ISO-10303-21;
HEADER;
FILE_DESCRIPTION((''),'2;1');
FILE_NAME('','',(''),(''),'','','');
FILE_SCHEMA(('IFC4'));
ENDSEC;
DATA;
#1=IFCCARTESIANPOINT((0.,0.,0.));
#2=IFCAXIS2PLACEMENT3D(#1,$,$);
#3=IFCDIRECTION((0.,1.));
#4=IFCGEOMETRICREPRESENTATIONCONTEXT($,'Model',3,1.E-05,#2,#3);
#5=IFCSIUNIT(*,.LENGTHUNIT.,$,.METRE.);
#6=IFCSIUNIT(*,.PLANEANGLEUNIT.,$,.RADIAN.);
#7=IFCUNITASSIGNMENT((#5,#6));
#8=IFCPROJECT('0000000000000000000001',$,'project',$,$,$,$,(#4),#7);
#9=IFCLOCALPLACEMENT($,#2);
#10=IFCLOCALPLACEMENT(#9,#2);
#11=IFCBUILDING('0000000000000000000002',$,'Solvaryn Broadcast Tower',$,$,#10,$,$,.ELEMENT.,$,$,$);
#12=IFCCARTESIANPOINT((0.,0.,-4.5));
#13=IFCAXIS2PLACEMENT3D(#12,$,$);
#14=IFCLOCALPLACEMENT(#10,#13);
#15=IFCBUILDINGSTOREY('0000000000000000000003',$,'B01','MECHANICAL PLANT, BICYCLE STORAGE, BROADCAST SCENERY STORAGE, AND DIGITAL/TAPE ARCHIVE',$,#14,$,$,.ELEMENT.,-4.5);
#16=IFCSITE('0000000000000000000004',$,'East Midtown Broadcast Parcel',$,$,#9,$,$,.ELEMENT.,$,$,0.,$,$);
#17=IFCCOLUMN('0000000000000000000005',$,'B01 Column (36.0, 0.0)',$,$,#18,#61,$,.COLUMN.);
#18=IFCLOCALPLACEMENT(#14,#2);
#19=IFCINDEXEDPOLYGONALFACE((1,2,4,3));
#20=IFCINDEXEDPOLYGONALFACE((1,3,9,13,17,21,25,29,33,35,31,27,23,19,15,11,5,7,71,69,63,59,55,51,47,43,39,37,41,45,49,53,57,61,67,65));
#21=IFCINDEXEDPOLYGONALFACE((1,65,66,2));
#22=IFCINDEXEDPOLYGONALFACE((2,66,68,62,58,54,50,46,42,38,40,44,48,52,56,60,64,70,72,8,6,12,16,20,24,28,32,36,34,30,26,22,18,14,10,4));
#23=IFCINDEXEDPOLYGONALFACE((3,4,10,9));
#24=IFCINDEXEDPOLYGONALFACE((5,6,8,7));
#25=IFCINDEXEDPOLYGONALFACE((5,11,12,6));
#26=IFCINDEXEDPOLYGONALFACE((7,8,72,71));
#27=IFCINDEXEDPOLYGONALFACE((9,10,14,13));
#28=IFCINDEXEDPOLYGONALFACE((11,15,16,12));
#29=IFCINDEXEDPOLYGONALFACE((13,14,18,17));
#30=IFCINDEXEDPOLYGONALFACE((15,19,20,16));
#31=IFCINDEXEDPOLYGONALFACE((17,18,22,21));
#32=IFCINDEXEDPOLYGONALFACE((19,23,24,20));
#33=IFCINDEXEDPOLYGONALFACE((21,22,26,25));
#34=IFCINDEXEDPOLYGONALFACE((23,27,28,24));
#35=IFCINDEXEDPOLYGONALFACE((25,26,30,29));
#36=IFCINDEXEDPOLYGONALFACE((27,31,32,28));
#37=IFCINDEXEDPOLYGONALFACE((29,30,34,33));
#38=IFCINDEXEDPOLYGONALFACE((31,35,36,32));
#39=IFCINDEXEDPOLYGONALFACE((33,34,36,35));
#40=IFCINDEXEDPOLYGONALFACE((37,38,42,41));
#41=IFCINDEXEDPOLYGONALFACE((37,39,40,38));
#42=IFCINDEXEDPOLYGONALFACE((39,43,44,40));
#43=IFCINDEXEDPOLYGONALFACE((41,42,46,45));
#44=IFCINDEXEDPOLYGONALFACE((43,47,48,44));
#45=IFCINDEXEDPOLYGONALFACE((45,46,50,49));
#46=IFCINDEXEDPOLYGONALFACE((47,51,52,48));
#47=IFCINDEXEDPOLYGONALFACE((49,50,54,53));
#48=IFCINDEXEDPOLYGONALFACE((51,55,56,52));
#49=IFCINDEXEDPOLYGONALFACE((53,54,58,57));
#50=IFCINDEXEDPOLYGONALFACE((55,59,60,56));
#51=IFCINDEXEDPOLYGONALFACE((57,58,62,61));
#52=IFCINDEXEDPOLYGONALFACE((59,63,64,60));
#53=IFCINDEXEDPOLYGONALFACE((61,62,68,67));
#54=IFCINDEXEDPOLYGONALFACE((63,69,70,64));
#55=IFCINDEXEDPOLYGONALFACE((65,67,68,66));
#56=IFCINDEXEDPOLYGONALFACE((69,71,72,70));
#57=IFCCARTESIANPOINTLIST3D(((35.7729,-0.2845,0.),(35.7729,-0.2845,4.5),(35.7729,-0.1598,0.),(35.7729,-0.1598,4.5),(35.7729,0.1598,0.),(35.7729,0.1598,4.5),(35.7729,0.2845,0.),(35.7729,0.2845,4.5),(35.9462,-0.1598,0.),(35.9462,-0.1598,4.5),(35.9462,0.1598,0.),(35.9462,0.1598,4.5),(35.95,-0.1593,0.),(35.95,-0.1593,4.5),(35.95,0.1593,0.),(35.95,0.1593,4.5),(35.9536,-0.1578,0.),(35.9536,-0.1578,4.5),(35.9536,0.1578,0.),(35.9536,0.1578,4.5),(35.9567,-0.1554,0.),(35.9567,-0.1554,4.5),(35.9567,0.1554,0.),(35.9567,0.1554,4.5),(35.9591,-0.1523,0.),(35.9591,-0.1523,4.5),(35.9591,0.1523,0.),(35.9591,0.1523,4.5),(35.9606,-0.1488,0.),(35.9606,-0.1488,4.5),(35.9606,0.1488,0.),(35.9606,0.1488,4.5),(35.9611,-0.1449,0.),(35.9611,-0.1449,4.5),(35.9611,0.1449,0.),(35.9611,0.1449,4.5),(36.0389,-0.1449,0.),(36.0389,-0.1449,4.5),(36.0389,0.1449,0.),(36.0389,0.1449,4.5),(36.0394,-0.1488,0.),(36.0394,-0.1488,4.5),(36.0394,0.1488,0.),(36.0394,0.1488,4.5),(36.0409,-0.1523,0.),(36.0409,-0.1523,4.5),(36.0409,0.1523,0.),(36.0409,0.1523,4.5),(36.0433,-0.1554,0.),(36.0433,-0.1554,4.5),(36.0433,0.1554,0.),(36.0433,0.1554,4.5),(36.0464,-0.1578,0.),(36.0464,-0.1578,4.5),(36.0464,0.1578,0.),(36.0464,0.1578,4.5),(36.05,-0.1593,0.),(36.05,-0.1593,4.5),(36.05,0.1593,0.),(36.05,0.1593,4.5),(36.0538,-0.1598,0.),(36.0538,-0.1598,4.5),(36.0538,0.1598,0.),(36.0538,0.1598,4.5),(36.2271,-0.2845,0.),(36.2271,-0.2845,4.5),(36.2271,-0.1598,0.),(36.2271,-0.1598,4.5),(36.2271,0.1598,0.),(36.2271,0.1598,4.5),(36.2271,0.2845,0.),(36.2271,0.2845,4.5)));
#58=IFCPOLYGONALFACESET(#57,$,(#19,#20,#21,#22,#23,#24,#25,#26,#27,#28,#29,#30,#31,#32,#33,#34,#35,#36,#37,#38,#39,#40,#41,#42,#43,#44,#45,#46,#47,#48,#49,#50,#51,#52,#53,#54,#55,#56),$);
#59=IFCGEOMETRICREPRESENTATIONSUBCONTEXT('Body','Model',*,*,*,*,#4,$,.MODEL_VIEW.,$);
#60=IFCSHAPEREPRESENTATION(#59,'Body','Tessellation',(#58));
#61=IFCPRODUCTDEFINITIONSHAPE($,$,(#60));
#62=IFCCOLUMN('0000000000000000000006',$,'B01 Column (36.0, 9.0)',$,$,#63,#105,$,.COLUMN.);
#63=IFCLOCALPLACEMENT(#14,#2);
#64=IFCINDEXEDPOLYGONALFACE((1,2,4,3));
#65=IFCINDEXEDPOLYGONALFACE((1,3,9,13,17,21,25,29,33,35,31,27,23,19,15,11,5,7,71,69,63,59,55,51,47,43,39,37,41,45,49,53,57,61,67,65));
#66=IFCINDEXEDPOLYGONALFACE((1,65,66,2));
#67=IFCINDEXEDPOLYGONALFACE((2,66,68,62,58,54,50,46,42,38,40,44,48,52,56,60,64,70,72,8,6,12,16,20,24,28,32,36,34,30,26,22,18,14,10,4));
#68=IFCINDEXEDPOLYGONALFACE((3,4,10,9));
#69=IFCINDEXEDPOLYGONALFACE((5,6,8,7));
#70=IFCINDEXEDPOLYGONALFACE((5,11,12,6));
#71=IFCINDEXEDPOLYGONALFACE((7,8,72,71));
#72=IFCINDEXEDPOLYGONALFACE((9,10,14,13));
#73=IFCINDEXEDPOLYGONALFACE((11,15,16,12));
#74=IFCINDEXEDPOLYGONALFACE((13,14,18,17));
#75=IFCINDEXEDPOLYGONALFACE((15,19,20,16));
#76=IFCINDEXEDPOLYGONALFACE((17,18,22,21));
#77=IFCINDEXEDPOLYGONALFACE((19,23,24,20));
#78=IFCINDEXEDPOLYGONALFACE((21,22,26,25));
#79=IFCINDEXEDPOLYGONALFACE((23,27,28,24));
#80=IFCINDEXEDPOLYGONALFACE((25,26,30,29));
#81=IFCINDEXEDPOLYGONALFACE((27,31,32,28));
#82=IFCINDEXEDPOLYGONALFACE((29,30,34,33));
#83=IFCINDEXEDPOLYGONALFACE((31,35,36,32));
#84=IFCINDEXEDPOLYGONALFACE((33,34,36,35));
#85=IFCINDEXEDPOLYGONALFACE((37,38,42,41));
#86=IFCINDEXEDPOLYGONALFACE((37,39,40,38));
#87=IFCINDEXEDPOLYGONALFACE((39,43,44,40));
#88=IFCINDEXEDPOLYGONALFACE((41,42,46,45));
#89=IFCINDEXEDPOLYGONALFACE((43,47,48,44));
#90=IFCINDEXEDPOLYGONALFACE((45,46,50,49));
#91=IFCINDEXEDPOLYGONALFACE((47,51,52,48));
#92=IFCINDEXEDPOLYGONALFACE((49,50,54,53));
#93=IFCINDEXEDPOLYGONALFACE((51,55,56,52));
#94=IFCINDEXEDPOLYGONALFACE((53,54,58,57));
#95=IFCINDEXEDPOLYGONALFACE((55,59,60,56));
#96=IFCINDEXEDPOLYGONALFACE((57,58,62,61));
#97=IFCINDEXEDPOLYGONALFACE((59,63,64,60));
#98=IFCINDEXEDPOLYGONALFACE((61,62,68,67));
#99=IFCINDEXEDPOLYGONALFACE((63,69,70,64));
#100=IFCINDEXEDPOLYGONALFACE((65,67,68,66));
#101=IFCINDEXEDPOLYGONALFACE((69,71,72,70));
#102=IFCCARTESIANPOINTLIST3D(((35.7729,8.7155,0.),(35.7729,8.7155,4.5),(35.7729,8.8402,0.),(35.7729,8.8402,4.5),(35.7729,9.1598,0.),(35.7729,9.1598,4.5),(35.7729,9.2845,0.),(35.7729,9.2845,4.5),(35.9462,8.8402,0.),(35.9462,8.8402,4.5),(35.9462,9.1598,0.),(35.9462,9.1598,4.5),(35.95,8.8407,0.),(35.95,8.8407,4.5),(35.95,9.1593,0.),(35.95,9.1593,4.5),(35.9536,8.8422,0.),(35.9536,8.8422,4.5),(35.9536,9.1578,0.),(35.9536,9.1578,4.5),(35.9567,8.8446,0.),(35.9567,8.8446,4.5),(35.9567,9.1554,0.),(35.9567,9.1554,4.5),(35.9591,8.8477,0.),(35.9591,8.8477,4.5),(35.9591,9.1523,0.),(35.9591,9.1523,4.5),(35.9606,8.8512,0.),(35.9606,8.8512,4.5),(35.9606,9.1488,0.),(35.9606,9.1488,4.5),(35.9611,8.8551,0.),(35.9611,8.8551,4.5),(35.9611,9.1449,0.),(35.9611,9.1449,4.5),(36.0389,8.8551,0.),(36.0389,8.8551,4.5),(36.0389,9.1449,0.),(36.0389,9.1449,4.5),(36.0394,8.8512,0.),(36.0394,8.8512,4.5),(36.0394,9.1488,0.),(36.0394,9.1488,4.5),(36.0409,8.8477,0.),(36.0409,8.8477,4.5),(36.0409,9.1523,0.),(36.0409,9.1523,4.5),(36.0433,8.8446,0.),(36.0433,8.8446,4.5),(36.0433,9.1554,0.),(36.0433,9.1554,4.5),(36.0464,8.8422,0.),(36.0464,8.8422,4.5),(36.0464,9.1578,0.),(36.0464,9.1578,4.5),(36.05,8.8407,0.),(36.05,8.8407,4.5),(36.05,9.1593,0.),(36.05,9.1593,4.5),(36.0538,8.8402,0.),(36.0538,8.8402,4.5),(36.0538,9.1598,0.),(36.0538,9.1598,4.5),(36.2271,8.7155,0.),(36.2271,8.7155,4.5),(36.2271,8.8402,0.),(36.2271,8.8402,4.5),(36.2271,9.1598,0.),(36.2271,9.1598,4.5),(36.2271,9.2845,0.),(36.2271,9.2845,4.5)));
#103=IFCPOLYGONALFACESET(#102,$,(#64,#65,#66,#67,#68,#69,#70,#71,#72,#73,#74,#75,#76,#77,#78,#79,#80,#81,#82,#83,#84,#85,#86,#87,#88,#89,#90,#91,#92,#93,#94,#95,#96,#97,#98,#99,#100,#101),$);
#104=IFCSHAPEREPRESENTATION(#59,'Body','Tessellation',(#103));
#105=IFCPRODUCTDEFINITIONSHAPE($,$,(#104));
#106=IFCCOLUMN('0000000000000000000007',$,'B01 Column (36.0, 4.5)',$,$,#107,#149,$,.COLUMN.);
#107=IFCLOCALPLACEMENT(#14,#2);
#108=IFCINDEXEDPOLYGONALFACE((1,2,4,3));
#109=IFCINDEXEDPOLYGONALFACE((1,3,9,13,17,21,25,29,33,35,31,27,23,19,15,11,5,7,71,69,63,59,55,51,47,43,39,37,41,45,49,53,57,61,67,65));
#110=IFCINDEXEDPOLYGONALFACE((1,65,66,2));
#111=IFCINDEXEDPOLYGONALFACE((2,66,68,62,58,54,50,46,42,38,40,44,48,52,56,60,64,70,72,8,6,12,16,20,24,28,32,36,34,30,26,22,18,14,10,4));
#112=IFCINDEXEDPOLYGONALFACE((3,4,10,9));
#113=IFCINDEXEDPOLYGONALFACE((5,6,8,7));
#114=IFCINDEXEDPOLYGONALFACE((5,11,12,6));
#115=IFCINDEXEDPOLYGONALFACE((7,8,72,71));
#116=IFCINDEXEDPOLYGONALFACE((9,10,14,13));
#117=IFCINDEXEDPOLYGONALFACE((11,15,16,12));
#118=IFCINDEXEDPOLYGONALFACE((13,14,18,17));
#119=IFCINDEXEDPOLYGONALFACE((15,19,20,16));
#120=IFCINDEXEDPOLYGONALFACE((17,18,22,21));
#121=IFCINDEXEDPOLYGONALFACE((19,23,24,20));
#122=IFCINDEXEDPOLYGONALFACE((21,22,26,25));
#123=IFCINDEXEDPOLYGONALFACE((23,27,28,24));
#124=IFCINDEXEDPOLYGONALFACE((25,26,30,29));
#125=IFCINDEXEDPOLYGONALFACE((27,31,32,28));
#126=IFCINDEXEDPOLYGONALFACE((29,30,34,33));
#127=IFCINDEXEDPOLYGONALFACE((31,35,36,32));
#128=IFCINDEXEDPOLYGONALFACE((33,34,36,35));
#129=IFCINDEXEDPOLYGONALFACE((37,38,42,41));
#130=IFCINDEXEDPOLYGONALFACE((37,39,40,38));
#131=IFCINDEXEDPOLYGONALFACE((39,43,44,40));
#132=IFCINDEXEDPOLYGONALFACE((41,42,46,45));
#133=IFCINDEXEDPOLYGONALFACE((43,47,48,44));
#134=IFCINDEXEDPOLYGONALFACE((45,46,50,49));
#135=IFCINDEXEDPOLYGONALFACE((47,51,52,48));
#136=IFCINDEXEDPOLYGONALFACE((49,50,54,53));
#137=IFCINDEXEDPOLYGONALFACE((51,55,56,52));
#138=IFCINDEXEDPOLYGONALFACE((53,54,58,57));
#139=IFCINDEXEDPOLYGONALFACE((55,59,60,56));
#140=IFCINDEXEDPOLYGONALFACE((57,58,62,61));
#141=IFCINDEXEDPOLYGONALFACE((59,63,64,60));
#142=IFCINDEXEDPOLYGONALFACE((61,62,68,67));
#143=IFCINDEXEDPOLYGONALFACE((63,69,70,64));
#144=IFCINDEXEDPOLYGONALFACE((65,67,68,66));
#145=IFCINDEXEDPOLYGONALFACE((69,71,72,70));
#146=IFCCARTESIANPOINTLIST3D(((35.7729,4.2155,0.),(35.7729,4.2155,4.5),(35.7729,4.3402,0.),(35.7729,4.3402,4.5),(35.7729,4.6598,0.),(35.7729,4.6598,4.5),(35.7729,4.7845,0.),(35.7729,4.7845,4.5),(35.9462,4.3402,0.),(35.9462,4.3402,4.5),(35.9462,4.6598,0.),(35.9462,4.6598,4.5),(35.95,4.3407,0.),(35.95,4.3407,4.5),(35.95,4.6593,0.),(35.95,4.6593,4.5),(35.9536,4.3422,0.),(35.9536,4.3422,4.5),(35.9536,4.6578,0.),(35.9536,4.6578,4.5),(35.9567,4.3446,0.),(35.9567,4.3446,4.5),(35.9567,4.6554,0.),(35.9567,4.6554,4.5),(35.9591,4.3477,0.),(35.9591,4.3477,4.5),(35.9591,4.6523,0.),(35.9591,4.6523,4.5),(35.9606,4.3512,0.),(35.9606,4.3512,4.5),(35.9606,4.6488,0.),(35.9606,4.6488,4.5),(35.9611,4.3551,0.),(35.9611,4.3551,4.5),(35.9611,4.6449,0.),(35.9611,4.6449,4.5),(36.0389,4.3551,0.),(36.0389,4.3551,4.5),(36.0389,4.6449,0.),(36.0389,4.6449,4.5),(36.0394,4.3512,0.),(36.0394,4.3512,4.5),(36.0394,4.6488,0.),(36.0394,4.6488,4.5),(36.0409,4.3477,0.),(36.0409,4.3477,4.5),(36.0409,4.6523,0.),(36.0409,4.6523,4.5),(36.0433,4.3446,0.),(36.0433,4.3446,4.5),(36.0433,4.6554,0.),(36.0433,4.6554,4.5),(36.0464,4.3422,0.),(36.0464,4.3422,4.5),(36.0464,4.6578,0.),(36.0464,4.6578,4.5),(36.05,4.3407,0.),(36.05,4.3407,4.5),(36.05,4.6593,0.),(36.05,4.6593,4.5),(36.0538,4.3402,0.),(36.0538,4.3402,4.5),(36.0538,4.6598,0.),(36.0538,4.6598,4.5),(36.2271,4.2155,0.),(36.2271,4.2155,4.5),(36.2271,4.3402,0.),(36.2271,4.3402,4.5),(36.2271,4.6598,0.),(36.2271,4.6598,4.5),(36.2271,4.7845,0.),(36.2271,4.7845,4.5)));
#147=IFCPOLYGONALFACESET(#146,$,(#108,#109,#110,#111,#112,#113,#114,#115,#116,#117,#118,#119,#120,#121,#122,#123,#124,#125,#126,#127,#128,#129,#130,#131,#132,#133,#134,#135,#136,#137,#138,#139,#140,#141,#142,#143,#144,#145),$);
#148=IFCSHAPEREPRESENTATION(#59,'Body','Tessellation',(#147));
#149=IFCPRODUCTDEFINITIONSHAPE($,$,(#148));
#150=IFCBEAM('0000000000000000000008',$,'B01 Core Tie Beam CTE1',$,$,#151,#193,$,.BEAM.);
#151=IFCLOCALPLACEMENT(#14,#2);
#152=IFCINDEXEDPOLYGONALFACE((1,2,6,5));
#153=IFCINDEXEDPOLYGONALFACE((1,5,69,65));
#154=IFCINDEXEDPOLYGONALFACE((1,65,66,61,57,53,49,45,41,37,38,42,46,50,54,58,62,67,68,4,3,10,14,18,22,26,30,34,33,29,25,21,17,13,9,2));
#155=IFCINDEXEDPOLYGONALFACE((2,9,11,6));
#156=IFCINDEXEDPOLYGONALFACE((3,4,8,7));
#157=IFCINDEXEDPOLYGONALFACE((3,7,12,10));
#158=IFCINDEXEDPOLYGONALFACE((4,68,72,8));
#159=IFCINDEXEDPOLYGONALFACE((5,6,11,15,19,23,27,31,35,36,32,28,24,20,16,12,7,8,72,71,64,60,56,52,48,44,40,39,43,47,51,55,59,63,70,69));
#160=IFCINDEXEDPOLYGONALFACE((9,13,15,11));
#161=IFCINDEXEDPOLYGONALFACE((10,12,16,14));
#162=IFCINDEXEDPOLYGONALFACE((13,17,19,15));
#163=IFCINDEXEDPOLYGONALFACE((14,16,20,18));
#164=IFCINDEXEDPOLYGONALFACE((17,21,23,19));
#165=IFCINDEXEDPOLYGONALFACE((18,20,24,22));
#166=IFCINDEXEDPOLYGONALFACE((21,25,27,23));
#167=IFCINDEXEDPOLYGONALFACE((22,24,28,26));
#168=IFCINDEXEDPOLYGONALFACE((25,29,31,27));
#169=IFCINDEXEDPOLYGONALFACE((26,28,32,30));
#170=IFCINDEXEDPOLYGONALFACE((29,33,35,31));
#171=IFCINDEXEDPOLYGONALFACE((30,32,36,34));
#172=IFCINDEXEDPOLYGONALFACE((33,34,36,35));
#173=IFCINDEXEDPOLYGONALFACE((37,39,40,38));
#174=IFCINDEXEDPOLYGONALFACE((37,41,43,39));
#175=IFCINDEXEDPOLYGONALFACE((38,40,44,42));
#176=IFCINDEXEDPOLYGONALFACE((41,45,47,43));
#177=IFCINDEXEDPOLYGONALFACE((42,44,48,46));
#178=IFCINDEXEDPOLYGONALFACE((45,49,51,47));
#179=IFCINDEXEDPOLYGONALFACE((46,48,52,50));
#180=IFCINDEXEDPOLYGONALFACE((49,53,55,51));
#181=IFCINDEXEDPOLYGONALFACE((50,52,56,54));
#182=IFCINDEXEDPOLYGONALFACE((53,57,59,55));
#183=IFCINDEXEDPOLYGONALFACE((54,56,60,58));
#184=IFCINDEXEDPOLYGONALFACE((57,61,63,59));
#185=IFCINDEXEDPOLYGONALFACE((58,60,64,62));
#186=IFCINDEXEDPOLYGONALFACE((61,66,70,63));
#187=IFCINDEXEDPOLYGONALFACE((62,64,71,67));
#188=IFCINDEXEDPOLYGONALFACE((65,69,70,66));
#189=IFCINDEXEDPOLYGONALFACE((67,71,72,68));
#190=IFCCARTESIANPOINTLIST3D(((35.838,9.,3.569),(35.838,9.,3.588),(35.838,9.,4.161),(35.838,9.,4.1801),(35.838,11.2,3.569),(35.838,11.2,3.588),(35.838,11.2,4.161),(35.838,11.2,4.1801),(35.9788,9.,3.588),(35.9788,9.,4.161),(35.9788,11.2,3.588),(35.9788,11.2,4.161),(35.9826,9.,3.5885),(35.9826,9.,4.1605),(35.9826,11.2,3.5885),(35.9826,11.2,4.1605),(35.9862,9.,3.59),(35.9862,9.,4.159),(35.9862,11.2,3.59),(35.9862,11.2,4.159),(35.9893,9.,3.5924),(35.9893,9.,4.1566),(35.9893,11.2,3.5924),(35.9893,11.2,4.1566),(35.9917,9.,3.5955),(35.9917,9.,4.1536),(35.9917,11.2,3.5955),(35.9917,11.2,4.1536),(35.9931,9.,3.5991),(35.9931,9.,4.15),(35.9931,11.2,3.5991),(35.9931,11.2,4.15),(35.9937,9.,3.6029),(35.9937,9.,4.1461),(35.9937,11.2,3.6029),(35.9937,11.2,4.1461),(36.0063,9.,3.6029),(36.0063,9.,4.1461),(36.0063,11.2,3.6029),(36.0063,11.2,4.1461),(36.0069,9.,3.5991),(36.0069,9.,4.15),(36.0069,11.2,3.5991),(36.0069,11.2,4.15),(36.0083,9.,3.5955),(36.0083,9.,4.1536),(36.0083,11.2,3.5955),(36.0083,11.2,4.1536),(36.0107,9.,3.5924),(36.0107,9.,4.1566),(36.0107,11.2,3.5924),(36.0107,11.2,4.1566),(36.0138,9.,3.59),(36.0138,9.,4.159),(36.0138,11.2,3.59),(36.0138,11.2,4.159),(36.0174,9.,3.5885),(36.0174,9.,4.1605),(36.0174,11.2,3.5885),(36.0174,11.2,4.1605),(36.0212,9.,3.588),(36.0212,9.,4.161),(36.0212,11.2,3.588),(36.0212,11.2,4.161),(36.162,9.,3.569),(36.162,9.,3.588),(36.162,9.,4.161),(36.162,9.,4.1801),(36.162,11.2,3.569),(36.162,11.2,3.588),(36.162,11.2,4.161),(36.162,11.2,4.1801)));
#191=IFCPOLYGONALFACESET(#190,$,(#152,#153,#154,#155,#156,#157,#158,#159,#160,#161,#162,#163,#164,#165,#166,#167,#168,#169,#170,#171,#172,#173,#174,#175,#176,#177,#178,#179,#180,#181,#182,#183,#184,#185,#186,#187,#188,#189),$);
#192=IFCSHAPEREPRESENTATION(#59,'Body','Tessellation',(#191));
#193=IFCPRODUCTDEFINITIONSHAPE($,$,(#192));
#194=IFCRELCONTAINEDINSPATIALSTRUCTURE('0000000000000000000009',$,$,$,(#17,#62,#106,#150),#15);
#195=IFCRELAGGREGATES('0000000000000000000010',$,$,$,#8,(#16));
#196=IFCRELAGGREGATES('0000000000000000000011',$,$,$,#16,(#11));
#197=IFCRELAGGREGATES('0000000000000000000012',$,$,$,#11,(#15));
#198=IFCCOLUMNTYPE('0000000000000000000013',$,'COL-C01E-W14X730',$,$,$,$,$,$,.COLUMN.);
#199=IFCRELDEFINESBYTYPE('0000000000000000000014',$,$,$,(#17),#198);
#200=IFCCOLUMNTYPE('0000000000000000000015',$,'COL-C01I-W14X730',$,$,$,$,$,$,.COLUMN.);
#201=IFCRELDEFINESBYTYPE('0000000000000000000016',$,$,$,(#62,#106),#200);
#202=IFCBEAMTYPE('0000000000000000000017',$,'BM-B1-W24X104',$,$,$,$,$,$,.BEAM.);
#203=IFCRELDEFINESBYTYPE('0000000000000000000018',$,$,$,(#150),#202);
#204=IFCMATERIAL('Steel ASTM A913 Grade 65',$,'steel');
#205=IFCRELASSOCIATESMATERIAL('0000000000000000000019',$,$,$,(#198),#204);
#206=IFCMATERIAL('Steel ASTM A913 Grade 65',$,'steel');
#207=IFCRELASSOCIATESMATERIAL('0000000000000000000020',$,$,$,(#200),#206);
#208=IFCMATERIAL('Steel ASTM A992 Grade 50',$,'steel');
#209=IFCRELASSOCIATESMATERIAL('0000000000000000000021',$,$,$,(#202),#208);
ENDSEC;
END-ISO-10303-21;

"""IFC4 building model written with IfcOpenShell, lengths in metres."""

from ifc_helpers import new_model, si_unit, direction, frame, origin, origin_2d, place, context, subcontext, project, spatial, i_section, extrude, material, material_profile, profile_set, type_object, element, save


model = new_model("IFC4")

# Units and contexts
model_context = context("Model", 3, precision=1e-05, world=origin(), true_north=direction((0.0, 1.0)))
body_context = subcontext(model_context, "Body", "Model", "MODEL_VIEW")
ifc_project = project(units=[si_unit("LENGTHUNIT", "METRE"), si_unit("PLANEANGLEUNIT", "RADIAN")], contexts=[model_context])

# Site, building, storey
site_placement = place(None, origin())
site = spatial("IfcSite", under=ifc_project, at=site_placement, Name="East Midtown Broadcast Parcel", CompositionType="ELEMENT", RefElevation=0.0)
building_placement = place(site_placement, origin())
building = spatial("IfcBuilding", under=site, at=building_placement, Name="Solvaryn Broadcast Tower", CompositionType="ELEMENT")
storey_placement = place(building_placement, frame((0.0, 0.0, -4.5)))
storey = spatial("IfcBuildingStorey", under=building, at=storey_placement, Name="B01", Description="MECHANICAL PLANT, BICYCLE STORAGE, BROADCAST SCENERY STORAGE, AND DIGITAL/TAPE ARCHIVE", CompositionType="ELEMENT", Elevation=-4.5)

# Columns
ifc_material_1 = material(Name="Steel ASTM A913 Grade 65", Category="steel")
ifc_material_profile_1 = material_profile(ifc_material_1, i_section(OverallWidth=0.4541, OverallDepth=0.5691, WebThickness=0.0779, FlangeThickness=0.1248, FilletRadius=0.0149, at=origin_2d()))
ifc_profile_set_1 = profile_set([ifc_material_profile_1], Name="Steel ASTM A913 Grade 65")
column_type_1 = type_object("IfcColumnType", Name="COL-C01E-W14X730", PredefinedType="COLUMN", material=ifc_profile_set_1)
column_placement = place(storey_placement, frame((36.0, 0.0, 0.0), z_axis=(0.0, 0.0, 1.0), x_axis=(1.0, 0.0, 0.0)))
element("IfcColumn", 1, at=column_placement, inside=storey, type_object=column_type_1, Name="B01 Column (36.0, 0.0)", PredefinedType="COLUMN", context=body_context, shape_type="SweptSolid", body=[
    extrude(i_section(OverallWidth=0.4541, OverallDepth=0.5691, WebThickness=0.0779, FlangeThickness=0.1248, FilletRadius=0.0149, at=origin_2d()), origin(), (0.0, 0.0, 1.0), 4.5),
])
ifc_material_2 = material(Name="Steel ASTM A913 Grade 65", Category="steel")
ifc_material_profile_2 = material_profile(ifc_material_2, i_section(OverallWidth=0.4541, OverallDepth=0.5691, WebThickness=0.0779, FlangeThickness=0.1248, FilletRadius=0.0149, at=origin_2d()))
ifc_profile_set_2 = profile_set([ifc_material_profile_2], Name="Steel ASTM A913 Grade 65")
column_type_2 = type_object("IfcColumnType", Name="COL-C01I-W14X730", PredefinedType="COLUMN", material=ifc_profile_set_2)
for number, where, z_axis, x_axis, name in (
    (2, (36.0, 9.0, 0.0), (0.0, 0.0, 1.0), (1.0, 0.0, 0.0), "B01 Column (36.0, 9.0)"),
    (3, (36.0, 4.5, 0.0), (0.0, 0.0, 1.0), (1.0, 0.0, 0.0), "B01 Column (36.0, 4.5)"),
):
    element("IfcColumn", number, at=place(storey_placement, frame(where, z_axis=z_axis, x_axis=x_axis)), inside=storey, type_object=column_type_2, Name=name, PredefinedType="COLUMN", context=body_context, shape_type="SweptSolid", body=[
        extrude(i_section(OverallWidth=0.4541, OverallDepth=0.5691, WebThickness=0.0779, FlangeThickness=0.1248, FilletRadius=0.0149, at=origin_2d()), origin(), (0.0, 0.0, 1.0), 4.5),
    ])

# Beam
ifc_material_3 = material(Name="Steel ASTM A992 Grade 50", Category="steel")
ifc_material_profile_3 = material_profile(ifc_material_3, i_section(OverallWidth=0.324, OverallDepth=0.6111, WebThickness=0.0127, FlangeThickness=0.019, FilletRadius=0.0149, at=origin_2d()))
ifc_profile_set_3 = profile_set([ifc_material_profile_3], Name="Steel ASTM A992 Grade 50")
beam_type_1 = type_object("IfcBeamType", Name="BM-B1-W24X104", PredefinedType="BEAM", material=ifc_profile_set_3)
beam_1_placement = place(storey_placement, frame((36.0, 9.0, 3.8745), z_axis=(0.0, 1.0, 0.0), x_axis=(-1.0, 0.0, 0.0)))
element("IfcBeam", 4, at=beam_1_placement, inside=storey, type_object=beam_type_1, Name="B01 Core Tie Beam CTE1", PredefinedType="BEAM", context=body_context, shape_type="SweptSolid", body=[
    extrude(i_section(OverallWidth=0.324, OverallDepth=0.6111, WebThickness=0.0127, FlangeThickness=0.019, FilletRadius=0.0149, at=origin_2d()), origin(), (0.0, 0.0, 1.0), 2.2),
])

save(model, "model.ifc")
